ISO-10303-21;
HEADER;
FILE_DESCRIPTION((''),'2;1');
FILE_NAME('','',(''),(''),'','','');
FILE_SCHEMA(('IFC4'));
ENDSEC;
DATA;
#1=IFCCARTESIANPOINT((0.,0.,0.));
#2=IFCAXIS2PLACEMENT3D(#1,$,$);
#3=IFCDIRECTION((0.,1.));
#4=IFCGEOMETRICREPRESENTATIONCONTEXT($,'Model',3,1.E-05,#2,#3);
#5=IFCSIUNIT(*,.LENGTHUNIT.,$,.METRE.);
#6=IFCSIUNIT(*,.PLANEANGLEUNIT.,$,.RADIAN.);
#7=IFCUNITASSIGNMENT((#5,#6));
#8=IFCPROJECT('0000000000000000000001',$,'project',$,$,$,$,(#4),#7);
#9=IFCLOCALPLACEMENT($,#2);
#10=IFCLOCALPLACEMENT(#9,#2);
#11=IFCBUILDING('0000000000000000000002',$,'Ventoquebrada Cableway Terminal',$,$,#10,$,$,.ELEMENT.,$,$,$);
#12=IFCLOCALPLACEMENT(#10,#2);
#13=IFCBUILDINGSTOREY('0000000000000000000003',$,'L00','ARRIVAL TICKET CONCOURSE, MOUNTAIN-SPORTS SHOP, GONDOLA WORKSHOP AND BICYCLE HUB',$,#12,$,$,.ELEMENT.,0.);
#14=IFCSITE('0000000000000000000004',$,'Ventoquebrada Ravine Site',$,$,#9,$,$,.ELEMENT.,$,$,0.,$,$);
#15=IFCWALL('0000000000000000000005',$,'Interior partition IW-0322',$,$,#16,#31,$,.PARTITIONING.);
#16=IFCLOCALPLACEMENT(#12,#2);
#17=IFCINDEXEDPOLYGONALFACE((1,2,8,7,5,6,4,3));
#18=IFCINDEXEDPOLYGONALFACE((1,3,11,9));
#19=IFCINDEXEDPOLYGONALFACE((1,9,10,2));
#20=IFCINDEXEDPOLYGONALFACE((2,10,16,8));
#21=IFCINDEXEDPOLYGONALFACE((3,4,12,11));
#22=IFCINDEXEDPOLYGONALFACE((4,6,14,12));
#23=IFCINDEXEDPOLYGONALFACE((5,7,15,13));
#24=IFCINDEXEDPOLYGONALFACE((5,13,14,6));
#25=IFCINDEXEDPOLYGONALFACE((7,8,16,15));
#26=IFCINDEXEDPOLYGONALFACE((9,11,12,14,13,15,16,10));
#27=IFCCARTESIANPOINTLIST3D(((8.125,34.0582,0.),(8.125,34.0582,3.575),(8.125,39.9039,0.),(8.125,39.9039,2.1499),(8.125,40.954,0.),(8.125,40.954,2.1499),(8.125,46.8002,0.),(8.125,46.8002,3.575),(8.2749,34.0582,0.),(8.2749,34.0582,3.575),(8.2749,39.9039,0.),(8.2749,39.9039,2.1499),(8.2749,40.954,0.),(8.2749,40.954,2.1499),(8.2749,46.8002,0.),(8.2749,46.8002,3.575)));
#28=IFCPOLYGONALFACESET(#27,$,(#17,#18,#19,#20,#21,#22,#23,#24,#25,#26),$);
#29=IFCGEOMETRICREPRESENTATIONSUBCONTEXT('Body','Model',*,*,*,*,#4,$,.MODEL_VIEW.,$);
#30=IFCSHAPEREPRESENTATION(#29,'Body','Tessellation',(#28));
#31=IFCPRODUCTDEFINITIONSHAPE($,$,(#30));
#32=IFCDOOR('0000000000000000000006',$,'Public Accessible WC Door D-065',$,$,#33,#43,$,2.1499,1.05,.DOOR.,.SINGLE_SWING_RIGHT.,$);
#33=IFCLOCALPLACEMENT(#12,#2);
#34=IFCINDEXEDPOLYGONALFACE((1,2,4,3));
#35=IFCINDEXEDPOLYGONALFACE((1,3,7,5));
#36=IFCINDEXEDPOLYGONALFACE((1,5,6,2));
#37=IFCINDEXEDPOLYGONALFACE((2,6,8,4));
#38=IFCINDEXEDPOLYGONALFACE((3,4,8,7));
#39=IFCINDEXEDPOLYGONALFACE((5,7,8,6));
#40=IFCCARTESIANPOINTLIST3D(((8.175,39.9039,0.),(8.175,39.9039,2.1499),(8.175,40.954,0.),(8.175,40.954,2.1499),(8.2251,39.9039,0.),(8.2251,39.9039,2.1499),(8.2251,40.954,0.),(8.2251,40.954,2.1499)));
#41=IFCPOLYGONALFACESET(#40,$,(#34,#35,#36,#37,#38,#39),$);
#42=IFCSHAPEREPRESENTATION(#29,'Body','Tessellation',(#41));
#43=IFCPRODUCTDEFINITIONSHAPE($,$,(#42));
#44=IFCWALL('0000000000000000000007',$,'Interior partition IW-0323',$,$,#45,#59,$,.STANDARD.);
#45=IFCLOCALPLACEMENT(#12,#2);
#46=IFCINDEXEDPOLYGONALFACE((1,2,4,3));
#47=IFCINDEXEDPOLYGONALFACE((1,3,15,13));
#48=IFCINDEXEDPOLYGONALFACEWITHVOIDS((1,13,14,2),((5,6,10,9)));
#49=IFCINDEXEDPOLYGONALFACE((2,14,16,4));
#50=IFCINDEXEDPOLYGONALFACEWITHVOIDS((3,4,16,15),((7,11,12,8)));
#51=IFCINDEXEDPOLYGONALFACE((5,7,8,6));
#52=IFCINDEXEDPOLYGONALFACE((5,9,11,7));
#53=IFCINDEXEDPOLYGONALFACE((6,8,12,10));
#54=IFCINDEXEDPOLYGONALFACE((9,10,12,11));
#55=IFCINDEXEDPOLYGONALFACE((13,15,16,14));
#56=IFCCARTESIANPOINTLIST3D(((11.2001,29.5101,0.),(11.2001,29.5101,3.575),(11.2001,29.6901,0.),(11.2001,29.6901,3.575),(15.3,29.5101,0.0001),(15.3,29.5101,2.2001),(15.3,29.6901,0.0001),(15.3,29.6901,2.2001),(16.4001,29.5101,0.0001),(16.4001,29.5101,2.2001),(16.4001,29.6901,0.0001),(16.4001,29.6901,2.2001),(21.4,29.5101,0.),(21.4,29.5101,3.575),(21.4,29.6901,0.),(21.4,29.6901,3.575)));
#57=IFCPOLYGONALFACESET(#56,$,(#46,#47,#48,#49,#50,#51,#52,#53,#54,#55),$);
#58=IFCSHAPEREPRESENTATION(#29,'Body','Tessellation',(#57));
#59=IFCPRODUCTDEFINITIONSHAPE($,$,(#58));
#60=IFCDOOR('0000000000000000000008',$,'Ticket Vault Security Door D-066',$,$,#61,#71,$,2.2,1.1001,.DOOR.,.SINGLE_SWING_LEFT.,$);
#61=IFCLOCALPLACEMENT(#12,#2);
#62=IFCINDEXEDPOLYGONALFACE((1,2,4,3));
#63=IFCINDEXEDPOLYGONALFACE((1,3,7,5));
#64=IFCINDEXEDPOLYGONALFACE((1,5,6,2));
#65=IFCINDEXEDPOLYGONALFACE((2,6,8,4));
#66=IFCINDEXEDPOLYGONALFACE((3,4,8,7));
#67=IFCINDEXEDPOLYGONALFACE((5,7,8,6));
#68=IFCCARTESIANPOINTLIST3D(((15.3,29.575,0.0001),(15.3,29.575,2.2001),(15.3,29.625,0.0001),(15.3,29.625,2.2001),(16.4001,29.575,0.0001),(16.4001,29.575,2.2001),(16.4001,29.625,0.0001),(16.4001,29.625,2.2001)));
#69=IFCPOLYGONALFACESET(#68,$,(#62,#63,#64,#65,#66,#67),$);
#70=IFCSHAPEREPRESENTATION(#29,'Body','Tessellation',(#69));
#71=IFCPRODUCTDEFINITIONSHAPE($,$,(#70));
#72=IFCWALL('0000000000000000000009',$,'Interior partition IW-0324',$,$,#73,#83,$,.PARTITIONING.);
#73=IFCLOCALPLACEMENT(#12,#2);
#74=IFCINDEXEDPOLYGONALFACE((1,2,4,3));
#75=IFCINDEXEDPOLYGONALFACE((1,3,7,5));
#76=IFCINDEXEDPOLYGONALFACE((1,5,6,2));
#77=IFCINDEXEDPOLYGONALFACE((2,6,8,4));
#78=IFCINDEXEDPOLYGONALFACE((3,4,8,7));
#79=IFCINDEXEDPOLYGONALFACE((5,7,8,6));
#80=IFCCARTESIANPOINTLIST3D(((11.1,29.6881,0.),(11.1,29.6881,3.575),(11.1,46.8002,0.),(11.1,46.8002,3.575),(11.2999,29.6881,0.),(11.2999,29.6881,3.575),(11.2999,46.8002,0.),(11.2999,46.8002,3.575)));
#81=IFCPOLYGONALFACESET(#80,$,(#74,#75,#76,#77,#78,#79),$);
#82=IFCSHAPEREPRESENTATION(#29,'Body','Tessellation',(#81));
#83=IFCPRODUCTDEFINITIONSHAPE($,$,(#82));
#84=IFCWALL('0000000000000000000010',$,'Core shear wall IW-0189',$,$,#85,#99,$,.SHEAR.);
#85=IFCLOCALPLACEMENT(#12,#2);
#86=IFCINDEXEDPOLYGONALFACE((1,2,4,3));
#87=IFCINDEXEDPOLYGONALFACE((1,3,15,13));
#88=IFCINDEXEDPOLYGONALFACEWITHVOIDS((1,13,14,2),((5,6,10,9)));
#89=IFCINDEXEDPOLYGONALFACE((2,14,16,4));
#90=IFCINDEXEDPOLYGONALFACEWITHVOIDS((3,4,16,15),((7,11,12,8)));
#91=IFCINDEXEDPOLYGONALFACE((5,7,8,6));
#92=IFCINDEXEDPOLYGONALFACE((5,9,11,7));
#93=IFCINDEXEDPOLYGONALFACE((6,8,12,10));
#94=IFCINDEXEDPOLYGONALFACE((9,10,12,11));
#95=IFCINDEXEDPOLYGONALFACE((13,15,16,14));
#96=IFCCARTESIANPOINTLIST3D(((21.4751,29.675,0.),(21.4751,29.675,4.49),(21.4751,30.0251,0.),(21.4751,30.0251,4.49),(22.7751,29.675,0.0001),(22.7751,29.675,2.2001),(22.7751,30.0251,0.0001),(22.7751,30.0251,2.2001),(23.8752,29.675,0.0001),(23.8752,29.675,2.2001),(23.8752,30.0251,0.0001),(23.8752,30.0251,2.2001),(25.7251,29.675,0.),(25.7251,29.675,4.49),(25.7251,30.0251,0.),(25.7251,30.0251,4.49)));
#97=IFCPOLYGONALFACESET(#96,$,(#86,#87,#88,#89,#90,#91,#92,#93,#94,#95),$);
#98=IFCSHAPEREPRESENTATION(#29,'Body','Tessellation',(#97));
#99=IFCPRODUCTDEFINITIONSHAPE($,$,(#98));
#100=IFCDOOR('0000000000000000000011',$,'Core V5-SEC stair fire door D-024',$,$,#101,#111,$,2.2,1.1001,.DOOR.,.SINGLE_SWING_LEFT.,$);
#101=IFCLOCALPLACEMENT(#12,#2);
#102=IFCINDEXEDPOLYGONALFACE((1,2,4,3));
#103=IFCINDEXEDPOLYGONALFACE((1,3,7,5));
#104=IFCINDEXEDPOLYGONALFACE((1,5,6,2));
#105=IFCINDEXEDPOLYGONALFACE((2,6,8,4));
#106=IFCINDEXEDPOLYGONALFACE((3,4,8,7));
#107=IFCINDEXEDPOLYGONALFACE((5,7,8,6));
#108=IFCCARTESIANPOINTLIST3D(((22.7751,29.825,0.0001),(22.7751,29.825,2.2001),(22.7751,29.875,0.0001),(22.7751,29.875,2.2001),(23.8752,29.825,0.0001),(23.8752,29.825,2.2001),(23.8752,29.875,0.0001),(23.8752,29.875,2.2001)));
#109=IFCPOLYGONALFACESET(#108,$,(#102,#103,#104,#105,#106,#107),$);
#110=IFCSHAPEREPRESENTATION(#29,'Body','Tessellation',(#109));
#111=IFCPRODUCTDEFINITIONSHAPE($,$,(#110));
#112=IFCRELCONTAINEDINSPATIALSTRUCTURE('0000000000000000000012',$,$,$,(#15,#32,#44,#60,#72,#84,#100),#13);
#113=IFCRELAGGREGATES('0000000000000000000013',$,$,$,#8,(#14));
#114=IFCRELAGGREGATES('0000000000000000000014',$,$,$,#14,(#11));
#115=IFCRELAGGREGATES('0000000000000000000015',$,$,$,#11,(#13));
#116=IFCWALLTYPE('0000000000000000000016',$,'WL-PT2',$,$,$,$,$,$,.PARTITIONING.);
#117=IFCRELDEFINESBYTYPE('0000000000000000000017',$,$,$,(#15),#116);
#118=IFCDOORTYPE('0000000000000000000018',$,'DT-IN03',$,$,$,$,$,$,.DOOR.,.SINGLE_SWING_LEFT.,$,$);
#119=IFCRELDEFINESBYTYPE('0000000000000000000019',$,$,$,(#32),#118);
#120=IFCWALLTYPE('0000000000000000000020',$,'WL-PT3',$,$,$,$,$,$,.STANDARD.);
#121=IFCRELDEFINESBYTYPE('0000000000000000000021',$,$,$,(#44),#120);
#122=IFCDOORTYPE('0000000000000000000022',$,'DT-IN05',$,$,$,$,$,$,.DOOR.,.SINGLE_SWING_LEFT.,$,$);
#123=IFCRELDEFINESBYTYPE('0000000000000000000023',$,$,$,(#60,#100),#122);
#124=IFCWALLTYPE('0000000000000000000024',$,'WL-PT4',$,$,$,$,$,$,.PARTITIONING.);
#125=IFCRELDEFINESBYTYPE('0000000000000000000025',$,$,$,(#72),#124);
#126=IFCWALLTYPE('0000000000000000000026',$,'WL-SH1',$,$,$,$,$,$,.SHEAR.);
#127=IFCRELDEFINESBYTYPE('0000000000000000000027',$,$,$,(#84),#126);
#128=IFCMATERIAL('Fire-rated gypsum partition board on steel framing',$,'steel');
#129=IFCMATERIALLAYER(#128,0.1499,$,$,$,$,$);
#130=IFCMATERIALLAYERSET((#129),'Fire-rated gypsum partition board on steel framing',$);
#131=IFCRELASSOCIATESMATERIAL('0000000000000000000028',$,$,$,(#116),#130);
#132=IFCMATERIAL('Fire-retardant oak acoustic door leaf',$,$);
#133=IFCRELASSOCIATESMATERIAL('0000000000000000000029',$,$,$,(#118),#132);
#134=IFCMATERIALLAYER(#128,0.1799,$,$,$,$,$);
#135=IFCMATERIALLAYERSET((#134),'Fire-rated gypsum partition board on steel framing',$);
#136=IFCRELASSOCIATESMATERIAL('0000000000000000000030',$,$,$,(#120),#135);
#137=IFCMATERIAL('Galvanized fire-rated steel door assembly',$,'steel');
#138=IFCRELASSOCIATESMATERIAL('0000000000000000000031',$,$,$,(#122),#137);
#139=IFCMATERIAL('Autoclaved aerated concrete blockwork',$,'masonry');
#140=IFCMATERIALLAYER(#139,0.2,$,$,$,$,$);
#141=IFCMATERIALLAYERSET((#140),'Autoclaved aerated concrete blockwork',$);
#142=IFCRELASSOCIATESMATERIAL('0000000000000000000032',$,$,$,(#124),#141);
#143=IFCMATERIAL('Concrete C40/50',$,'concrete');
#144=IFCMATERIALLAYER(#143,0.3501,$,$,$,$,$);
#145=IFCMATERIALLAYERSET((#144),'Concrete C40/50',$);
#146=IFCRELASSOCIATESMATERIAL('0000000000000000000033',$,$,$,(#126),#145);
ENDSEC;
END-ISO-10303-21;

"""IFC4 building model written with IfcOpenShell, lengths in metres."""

from ifc_helpers import new_model, si_unit, direction, frame, frame_2d, origin, place, context, subcontext, project, spatial, rectangle, extrude, material, layer, layer_set, type_object, element, fill, save


model = new_model("IFC4")

# Units and contexts
model_context = context("Model", 3, precision=1e-05, world=origin(), true_north=direction((0.0, 1.0)))
body_context = subcontext(model_context, "Body", "Model", "MODEL_VIEW")
ifc_project = project(units=[si_unit("LENGTHUNIT", "METRE"), si_unit("PLANEANGLEUNIT", "RADIAN")], contexts=[model_context])

# Site, building, storey
site_placement = place(None, origin())
site = spatial("IfcSite", under=ifc_project, at=site_placement, Name="Ventoquebrada Ravine Site", CompositionType="ELEMENT", RefElevation=0.0)
building_placement = place(site_placement, origin())
building = spatial("IfcBuilding", under=site, at=building_placement, Name="Ventoquebrada Cableway Terminal", CompositionType="ELEMENT")
storey_placement = place(building_placement, origin())
storey = spatial("IfcBuildingStorey", under=building, at=storey_placement, Name="L00", Description="ARRIVAL TICKET CONCOURSE, MOUNTAIN-SPORTS SHOP, GONDOLA WORKSHOP AND BICYCLE HUB", CompositionType="ELEMENT", Elevation=0.0)

# Shared definitions
ifc_material_1 = material(Name="Concrete C40/50", Category="concrete")

# Walls, openings, doors
ifc_material_2 = material(Name="Fire-rated gypsum partition board on steel framing", Category="steel")
ifc_layer_1 = layer(ifc_material_2, 0.1499)
ifc_layer_set_1 = layer_set([ifc_layer_1], Name="Fire-rated gypsum partition board on steel framing")
wall_type_1 = type_object("IfcWallType", Name="WL-PT2", PredefinedType="PARTITIONING", material=ifc_layer_set_1)
wall_1_placement = place(storey_placement, frame((8.2, 34.0581, 0.0), z_axis=(0.0, 0.0, 1.0), x_axis=(0.0, 1.0, 0.0)))
wall_1 = element("IfcWall", 1, at=wall_1_placement, inside=storey, type_object=wall_type_1, Name="Interior partition IW-0322", PredefinedType="PARTITIONING", context=body_context, shape_type="SweptSolid", body=[
    extrude(rectangle(XDim=12.7419, YDim=0.1499, at=frame_2d((6.3711, 0.0))), origin(), (0.0, 0.0, 1.0), 3.575),
])
opening_1_placement = place(wall_1_placement, frame((5.8459, 0.0, 0.0)))
opening_1 = element("IfcOpeningElement", 2, at=opening_1_placement, cuts=wall_1, PredefinedType="OPENING", context=body_context, shape_type="SweptSolid", body=[
    extrude(rectangle(XDim=1.05, YDim=2.1499, at=frame_2d((0.5249, 1.075))), frame((0.0, 0.085, 0.0), z_axis=(0.0, -1.0, 0.0), x_axis=(1.0, 0.0, 0.0)), (0.0, 0.0, 1.0), 0.1699),
])
ifc_material_3 = material(Name="Fire-retardant oak acoustic door leaf")
door_type_1 = type_object("IfcDoorType", Name="DT-IN03", OperationType="SINGLE_SWING_LEFT", PredefinedType="DOOR", material=ifc_material_3)
door_1_placement = place(opening_1_placement, origin())
door_1 = element("IfcDoor", 3, at=door_1_placement, inside=storey, type_object=door_type_1, Name="Public Accessible WC Door D-065", OperationType="SINGLE_SWING_RIGHT", OverallHeight=2.1499, OverallWidth=1.05, PredefinedType="DOOR", context=body_context, shape_type="SweptSolid", body=[
    extrude(rectangle(XDim=1.05, YDim=2.1499, at=frame_2d((0.5249, 1.075))), frame((0.0, 0.0249, 0.0), z_axis=(0.0, -1.0, 0.0), x_axis=(1.0, 0.0, 0.0)), (0.0, 0.0, 1.0), 0.05),
])
fill(opening_1, door_1)
ifc_layer_2 = layer(ifc_material_2, 0.1799)
ifc_layer_set_2 = layer_set([ifc_layer_2], Name="Fire-rated gypsum partition board on steel framing")
wall_type_2 = type_object("IfcWallType", Name="WL-PT3", PredefinedType="STANDARD", material=ifc_layer_set_2)
wall_2_placement = place(storey_placement, frame((11.2, 29.6001, 0.0), z_axis=(0.0, 0.0, 1.0), x_axis=(1.0, 0.0, 0.0)))
wall_2 = element("IfcWall", 4, at=wall_2_placement, inside=storey, type_object=wall_type_2, Name="Interior partition IW-0323", PredefinedType="STANDARD", context=body_context, shape_type="SweptSolid", body=[
    extrude(rectangle(XDim=10.2, YDim=0.1799, at=frame_2d((5.1001, 0.0))), origin(), (0.0, 0.0, 1.0), 3.575),
])
opening_2_placement = place(wall_2_placement, frame((4.1001, 0.0, 0.0)))
opening_2 = element("IfcOpeningElement", 5, at=opening_2_placement, cuts=wall_2, PredefinedType="OPENING", context=body_context, shape_type="SweptSolid", body=[
    extrude(rectangle(XDim=1.1001, YDim=2.2, at=frame_2d((0.55, 1.1001))), frame((0.0, 0.0999, 0.0), z_axis=(0.0, -1.0, 0.0), x_axis=(1.0, 0.0, 0.0)), (0.0, 0.0, 1.0), 0.2),
])
ifc_material_4 = material(Name="Galvanized fire-rated steel door assembly", Category="steel")
door_type_2 = type_object("IfcDoorType", Name="DT-IN05", OperationType="SINGLE_SWING_LEFT", PredefinedType="DOOR", material=ifc_material_4)
door_2_placement = place(opening_2_placement, origin())
door_2 = element("IfcDoor", 6, at=door_2_placement, inside=storey, type_object=door_type_2, Name="Ticket Vault Security Door D-066", OperationType="SINGLE_SWING_LEFT", OverallHeight=2.2, OverallWidth=1.1001, PredefinedType="DOOR", context=body_context, shape_type="SweptSolid", body=[
    extrude(rectangle(XDim=1.1001, YDim=2.2, at=frame_2d((0.55, 1.1001))), frame((0.0, 0.0249, 0.0), z_axis=(0.0, -1.0, 0.0), x_axis=(1.0, 0.0, 0.0)), (0.0, 0.0, 1.0), 0.05),
])
fill(opening_2, door_2)

# Wall
ifc_material_5 = material(Name="Autoclaved aerated concrete blockwork", Category="masonry")
ifc_layer_3 = layer(ifc_material_5, 0.2)
ifc_layer_set_3 = layer_set([ifc_layer_3], Name="Autoclaved aerated concrete blockwork")
wall_type_3 = type_object("IfcWallType", Name="WL-PT4", PredefinedType="PARTITIONING", material=ifc_layer_set_3)
wall_3_placement = place(storey_placement, frame((11.2, 29.688, 0.0), z_axis=(0.0, 0.0, 1.0), x_axis=(0.0, 1.0, 0.0)))
element("IfcWall", 7, at=wall_3_placement, inside=storey, type_object=wall_type_3, Name="Interior partition IW-0324", PredefinedType="PARTITIONING", context=body_context, shape_type="SweptSolid", body=[
    extrude(rectangle(XDim=17.1121, YDim=0.2, at=frame_2d((8.5562, 0.0))), origin(), (0.0, 0.0, 1.0), 3.575),
])

# Wall, opening, door
ifc_layer_4 = layer(ifc_material_1, 0.3501)
ifc_layer_set_4 = layer_set([ifc_layer_4], Name="Concrete C40/50")
wall_type_4 = type_object("IfcWallType", Name="WL-SH1", PredefinedType="SHEAR", material=ifc_layer_set_4)
wall_4_placement = place(storey_placement, frame((21.4751, 29.8501, 0.0), z_axis=(0.0, 0.0, 1.0), x_axis=(1.0, 0.0, 0.0)))
wall_4 = element("IfcWall", 8, at=wall_4_placement, inside=storey, type_object=wall_type_4, Name="Core shear wall IW-0189", PredefinedType="SHEAR", context=body_context, shape_type="SweptSolid", body=[
    extrude(rectangle(XDim=4.25, YDim=0.3501, at=frame_2d((2.125, 0.0))), origin(), (0.0, 0.0, 1.0), 4.49),
])
opening_3_placement = place(wall_4_placement, frame((1.3, 0.0, 0.0)))
opening_3 = element("IfcOpeningElement", 9, at=opening_3_placement, cuts=wall_4, PredefinedType="OPENING", context=body_context, shape_type="SweptSolid", body=[
    extrude(rectangle(XDim=1.1001, YDim=2.2, at=frame_2d((0.55, 1.1001))), frame((0.0, 0.1851, 0.0), z_axis=(0.0, -1.0, 0.0), x_axis=(1.0, 0.0, 0.0)), (0.0, 0.0, 1.0), 0.3701),
])
door_3_placement = place(opening_3_placement, origin())
door_3 = element("IfcDoor", 10, at=door_3_placement, inside=storey, type_object=door_type_2, Name="Core V5-SEC stair fire door D-024", OperationType="SINGLE_SWING_LEFT", OverallHeight=2.2, OverallWidth=1.1001, PredefinedType="DOOR", context=body_context, shape_type="SweptSolid", body=[
    extrude(rectangle(XDim=1.1001, YDim=2.2, at=frame_2d((0.55, 1.1001))), frame((0.0, 0.0249, 0.0), z_axis=(0.0, -1.0, 0.0), x_axis=(1.0, 0.0, 0.0)), (0.0, 0.0, 1.0), 0.05),
])
fill(opening_3, door_3)

save(model, "model.ifc")
